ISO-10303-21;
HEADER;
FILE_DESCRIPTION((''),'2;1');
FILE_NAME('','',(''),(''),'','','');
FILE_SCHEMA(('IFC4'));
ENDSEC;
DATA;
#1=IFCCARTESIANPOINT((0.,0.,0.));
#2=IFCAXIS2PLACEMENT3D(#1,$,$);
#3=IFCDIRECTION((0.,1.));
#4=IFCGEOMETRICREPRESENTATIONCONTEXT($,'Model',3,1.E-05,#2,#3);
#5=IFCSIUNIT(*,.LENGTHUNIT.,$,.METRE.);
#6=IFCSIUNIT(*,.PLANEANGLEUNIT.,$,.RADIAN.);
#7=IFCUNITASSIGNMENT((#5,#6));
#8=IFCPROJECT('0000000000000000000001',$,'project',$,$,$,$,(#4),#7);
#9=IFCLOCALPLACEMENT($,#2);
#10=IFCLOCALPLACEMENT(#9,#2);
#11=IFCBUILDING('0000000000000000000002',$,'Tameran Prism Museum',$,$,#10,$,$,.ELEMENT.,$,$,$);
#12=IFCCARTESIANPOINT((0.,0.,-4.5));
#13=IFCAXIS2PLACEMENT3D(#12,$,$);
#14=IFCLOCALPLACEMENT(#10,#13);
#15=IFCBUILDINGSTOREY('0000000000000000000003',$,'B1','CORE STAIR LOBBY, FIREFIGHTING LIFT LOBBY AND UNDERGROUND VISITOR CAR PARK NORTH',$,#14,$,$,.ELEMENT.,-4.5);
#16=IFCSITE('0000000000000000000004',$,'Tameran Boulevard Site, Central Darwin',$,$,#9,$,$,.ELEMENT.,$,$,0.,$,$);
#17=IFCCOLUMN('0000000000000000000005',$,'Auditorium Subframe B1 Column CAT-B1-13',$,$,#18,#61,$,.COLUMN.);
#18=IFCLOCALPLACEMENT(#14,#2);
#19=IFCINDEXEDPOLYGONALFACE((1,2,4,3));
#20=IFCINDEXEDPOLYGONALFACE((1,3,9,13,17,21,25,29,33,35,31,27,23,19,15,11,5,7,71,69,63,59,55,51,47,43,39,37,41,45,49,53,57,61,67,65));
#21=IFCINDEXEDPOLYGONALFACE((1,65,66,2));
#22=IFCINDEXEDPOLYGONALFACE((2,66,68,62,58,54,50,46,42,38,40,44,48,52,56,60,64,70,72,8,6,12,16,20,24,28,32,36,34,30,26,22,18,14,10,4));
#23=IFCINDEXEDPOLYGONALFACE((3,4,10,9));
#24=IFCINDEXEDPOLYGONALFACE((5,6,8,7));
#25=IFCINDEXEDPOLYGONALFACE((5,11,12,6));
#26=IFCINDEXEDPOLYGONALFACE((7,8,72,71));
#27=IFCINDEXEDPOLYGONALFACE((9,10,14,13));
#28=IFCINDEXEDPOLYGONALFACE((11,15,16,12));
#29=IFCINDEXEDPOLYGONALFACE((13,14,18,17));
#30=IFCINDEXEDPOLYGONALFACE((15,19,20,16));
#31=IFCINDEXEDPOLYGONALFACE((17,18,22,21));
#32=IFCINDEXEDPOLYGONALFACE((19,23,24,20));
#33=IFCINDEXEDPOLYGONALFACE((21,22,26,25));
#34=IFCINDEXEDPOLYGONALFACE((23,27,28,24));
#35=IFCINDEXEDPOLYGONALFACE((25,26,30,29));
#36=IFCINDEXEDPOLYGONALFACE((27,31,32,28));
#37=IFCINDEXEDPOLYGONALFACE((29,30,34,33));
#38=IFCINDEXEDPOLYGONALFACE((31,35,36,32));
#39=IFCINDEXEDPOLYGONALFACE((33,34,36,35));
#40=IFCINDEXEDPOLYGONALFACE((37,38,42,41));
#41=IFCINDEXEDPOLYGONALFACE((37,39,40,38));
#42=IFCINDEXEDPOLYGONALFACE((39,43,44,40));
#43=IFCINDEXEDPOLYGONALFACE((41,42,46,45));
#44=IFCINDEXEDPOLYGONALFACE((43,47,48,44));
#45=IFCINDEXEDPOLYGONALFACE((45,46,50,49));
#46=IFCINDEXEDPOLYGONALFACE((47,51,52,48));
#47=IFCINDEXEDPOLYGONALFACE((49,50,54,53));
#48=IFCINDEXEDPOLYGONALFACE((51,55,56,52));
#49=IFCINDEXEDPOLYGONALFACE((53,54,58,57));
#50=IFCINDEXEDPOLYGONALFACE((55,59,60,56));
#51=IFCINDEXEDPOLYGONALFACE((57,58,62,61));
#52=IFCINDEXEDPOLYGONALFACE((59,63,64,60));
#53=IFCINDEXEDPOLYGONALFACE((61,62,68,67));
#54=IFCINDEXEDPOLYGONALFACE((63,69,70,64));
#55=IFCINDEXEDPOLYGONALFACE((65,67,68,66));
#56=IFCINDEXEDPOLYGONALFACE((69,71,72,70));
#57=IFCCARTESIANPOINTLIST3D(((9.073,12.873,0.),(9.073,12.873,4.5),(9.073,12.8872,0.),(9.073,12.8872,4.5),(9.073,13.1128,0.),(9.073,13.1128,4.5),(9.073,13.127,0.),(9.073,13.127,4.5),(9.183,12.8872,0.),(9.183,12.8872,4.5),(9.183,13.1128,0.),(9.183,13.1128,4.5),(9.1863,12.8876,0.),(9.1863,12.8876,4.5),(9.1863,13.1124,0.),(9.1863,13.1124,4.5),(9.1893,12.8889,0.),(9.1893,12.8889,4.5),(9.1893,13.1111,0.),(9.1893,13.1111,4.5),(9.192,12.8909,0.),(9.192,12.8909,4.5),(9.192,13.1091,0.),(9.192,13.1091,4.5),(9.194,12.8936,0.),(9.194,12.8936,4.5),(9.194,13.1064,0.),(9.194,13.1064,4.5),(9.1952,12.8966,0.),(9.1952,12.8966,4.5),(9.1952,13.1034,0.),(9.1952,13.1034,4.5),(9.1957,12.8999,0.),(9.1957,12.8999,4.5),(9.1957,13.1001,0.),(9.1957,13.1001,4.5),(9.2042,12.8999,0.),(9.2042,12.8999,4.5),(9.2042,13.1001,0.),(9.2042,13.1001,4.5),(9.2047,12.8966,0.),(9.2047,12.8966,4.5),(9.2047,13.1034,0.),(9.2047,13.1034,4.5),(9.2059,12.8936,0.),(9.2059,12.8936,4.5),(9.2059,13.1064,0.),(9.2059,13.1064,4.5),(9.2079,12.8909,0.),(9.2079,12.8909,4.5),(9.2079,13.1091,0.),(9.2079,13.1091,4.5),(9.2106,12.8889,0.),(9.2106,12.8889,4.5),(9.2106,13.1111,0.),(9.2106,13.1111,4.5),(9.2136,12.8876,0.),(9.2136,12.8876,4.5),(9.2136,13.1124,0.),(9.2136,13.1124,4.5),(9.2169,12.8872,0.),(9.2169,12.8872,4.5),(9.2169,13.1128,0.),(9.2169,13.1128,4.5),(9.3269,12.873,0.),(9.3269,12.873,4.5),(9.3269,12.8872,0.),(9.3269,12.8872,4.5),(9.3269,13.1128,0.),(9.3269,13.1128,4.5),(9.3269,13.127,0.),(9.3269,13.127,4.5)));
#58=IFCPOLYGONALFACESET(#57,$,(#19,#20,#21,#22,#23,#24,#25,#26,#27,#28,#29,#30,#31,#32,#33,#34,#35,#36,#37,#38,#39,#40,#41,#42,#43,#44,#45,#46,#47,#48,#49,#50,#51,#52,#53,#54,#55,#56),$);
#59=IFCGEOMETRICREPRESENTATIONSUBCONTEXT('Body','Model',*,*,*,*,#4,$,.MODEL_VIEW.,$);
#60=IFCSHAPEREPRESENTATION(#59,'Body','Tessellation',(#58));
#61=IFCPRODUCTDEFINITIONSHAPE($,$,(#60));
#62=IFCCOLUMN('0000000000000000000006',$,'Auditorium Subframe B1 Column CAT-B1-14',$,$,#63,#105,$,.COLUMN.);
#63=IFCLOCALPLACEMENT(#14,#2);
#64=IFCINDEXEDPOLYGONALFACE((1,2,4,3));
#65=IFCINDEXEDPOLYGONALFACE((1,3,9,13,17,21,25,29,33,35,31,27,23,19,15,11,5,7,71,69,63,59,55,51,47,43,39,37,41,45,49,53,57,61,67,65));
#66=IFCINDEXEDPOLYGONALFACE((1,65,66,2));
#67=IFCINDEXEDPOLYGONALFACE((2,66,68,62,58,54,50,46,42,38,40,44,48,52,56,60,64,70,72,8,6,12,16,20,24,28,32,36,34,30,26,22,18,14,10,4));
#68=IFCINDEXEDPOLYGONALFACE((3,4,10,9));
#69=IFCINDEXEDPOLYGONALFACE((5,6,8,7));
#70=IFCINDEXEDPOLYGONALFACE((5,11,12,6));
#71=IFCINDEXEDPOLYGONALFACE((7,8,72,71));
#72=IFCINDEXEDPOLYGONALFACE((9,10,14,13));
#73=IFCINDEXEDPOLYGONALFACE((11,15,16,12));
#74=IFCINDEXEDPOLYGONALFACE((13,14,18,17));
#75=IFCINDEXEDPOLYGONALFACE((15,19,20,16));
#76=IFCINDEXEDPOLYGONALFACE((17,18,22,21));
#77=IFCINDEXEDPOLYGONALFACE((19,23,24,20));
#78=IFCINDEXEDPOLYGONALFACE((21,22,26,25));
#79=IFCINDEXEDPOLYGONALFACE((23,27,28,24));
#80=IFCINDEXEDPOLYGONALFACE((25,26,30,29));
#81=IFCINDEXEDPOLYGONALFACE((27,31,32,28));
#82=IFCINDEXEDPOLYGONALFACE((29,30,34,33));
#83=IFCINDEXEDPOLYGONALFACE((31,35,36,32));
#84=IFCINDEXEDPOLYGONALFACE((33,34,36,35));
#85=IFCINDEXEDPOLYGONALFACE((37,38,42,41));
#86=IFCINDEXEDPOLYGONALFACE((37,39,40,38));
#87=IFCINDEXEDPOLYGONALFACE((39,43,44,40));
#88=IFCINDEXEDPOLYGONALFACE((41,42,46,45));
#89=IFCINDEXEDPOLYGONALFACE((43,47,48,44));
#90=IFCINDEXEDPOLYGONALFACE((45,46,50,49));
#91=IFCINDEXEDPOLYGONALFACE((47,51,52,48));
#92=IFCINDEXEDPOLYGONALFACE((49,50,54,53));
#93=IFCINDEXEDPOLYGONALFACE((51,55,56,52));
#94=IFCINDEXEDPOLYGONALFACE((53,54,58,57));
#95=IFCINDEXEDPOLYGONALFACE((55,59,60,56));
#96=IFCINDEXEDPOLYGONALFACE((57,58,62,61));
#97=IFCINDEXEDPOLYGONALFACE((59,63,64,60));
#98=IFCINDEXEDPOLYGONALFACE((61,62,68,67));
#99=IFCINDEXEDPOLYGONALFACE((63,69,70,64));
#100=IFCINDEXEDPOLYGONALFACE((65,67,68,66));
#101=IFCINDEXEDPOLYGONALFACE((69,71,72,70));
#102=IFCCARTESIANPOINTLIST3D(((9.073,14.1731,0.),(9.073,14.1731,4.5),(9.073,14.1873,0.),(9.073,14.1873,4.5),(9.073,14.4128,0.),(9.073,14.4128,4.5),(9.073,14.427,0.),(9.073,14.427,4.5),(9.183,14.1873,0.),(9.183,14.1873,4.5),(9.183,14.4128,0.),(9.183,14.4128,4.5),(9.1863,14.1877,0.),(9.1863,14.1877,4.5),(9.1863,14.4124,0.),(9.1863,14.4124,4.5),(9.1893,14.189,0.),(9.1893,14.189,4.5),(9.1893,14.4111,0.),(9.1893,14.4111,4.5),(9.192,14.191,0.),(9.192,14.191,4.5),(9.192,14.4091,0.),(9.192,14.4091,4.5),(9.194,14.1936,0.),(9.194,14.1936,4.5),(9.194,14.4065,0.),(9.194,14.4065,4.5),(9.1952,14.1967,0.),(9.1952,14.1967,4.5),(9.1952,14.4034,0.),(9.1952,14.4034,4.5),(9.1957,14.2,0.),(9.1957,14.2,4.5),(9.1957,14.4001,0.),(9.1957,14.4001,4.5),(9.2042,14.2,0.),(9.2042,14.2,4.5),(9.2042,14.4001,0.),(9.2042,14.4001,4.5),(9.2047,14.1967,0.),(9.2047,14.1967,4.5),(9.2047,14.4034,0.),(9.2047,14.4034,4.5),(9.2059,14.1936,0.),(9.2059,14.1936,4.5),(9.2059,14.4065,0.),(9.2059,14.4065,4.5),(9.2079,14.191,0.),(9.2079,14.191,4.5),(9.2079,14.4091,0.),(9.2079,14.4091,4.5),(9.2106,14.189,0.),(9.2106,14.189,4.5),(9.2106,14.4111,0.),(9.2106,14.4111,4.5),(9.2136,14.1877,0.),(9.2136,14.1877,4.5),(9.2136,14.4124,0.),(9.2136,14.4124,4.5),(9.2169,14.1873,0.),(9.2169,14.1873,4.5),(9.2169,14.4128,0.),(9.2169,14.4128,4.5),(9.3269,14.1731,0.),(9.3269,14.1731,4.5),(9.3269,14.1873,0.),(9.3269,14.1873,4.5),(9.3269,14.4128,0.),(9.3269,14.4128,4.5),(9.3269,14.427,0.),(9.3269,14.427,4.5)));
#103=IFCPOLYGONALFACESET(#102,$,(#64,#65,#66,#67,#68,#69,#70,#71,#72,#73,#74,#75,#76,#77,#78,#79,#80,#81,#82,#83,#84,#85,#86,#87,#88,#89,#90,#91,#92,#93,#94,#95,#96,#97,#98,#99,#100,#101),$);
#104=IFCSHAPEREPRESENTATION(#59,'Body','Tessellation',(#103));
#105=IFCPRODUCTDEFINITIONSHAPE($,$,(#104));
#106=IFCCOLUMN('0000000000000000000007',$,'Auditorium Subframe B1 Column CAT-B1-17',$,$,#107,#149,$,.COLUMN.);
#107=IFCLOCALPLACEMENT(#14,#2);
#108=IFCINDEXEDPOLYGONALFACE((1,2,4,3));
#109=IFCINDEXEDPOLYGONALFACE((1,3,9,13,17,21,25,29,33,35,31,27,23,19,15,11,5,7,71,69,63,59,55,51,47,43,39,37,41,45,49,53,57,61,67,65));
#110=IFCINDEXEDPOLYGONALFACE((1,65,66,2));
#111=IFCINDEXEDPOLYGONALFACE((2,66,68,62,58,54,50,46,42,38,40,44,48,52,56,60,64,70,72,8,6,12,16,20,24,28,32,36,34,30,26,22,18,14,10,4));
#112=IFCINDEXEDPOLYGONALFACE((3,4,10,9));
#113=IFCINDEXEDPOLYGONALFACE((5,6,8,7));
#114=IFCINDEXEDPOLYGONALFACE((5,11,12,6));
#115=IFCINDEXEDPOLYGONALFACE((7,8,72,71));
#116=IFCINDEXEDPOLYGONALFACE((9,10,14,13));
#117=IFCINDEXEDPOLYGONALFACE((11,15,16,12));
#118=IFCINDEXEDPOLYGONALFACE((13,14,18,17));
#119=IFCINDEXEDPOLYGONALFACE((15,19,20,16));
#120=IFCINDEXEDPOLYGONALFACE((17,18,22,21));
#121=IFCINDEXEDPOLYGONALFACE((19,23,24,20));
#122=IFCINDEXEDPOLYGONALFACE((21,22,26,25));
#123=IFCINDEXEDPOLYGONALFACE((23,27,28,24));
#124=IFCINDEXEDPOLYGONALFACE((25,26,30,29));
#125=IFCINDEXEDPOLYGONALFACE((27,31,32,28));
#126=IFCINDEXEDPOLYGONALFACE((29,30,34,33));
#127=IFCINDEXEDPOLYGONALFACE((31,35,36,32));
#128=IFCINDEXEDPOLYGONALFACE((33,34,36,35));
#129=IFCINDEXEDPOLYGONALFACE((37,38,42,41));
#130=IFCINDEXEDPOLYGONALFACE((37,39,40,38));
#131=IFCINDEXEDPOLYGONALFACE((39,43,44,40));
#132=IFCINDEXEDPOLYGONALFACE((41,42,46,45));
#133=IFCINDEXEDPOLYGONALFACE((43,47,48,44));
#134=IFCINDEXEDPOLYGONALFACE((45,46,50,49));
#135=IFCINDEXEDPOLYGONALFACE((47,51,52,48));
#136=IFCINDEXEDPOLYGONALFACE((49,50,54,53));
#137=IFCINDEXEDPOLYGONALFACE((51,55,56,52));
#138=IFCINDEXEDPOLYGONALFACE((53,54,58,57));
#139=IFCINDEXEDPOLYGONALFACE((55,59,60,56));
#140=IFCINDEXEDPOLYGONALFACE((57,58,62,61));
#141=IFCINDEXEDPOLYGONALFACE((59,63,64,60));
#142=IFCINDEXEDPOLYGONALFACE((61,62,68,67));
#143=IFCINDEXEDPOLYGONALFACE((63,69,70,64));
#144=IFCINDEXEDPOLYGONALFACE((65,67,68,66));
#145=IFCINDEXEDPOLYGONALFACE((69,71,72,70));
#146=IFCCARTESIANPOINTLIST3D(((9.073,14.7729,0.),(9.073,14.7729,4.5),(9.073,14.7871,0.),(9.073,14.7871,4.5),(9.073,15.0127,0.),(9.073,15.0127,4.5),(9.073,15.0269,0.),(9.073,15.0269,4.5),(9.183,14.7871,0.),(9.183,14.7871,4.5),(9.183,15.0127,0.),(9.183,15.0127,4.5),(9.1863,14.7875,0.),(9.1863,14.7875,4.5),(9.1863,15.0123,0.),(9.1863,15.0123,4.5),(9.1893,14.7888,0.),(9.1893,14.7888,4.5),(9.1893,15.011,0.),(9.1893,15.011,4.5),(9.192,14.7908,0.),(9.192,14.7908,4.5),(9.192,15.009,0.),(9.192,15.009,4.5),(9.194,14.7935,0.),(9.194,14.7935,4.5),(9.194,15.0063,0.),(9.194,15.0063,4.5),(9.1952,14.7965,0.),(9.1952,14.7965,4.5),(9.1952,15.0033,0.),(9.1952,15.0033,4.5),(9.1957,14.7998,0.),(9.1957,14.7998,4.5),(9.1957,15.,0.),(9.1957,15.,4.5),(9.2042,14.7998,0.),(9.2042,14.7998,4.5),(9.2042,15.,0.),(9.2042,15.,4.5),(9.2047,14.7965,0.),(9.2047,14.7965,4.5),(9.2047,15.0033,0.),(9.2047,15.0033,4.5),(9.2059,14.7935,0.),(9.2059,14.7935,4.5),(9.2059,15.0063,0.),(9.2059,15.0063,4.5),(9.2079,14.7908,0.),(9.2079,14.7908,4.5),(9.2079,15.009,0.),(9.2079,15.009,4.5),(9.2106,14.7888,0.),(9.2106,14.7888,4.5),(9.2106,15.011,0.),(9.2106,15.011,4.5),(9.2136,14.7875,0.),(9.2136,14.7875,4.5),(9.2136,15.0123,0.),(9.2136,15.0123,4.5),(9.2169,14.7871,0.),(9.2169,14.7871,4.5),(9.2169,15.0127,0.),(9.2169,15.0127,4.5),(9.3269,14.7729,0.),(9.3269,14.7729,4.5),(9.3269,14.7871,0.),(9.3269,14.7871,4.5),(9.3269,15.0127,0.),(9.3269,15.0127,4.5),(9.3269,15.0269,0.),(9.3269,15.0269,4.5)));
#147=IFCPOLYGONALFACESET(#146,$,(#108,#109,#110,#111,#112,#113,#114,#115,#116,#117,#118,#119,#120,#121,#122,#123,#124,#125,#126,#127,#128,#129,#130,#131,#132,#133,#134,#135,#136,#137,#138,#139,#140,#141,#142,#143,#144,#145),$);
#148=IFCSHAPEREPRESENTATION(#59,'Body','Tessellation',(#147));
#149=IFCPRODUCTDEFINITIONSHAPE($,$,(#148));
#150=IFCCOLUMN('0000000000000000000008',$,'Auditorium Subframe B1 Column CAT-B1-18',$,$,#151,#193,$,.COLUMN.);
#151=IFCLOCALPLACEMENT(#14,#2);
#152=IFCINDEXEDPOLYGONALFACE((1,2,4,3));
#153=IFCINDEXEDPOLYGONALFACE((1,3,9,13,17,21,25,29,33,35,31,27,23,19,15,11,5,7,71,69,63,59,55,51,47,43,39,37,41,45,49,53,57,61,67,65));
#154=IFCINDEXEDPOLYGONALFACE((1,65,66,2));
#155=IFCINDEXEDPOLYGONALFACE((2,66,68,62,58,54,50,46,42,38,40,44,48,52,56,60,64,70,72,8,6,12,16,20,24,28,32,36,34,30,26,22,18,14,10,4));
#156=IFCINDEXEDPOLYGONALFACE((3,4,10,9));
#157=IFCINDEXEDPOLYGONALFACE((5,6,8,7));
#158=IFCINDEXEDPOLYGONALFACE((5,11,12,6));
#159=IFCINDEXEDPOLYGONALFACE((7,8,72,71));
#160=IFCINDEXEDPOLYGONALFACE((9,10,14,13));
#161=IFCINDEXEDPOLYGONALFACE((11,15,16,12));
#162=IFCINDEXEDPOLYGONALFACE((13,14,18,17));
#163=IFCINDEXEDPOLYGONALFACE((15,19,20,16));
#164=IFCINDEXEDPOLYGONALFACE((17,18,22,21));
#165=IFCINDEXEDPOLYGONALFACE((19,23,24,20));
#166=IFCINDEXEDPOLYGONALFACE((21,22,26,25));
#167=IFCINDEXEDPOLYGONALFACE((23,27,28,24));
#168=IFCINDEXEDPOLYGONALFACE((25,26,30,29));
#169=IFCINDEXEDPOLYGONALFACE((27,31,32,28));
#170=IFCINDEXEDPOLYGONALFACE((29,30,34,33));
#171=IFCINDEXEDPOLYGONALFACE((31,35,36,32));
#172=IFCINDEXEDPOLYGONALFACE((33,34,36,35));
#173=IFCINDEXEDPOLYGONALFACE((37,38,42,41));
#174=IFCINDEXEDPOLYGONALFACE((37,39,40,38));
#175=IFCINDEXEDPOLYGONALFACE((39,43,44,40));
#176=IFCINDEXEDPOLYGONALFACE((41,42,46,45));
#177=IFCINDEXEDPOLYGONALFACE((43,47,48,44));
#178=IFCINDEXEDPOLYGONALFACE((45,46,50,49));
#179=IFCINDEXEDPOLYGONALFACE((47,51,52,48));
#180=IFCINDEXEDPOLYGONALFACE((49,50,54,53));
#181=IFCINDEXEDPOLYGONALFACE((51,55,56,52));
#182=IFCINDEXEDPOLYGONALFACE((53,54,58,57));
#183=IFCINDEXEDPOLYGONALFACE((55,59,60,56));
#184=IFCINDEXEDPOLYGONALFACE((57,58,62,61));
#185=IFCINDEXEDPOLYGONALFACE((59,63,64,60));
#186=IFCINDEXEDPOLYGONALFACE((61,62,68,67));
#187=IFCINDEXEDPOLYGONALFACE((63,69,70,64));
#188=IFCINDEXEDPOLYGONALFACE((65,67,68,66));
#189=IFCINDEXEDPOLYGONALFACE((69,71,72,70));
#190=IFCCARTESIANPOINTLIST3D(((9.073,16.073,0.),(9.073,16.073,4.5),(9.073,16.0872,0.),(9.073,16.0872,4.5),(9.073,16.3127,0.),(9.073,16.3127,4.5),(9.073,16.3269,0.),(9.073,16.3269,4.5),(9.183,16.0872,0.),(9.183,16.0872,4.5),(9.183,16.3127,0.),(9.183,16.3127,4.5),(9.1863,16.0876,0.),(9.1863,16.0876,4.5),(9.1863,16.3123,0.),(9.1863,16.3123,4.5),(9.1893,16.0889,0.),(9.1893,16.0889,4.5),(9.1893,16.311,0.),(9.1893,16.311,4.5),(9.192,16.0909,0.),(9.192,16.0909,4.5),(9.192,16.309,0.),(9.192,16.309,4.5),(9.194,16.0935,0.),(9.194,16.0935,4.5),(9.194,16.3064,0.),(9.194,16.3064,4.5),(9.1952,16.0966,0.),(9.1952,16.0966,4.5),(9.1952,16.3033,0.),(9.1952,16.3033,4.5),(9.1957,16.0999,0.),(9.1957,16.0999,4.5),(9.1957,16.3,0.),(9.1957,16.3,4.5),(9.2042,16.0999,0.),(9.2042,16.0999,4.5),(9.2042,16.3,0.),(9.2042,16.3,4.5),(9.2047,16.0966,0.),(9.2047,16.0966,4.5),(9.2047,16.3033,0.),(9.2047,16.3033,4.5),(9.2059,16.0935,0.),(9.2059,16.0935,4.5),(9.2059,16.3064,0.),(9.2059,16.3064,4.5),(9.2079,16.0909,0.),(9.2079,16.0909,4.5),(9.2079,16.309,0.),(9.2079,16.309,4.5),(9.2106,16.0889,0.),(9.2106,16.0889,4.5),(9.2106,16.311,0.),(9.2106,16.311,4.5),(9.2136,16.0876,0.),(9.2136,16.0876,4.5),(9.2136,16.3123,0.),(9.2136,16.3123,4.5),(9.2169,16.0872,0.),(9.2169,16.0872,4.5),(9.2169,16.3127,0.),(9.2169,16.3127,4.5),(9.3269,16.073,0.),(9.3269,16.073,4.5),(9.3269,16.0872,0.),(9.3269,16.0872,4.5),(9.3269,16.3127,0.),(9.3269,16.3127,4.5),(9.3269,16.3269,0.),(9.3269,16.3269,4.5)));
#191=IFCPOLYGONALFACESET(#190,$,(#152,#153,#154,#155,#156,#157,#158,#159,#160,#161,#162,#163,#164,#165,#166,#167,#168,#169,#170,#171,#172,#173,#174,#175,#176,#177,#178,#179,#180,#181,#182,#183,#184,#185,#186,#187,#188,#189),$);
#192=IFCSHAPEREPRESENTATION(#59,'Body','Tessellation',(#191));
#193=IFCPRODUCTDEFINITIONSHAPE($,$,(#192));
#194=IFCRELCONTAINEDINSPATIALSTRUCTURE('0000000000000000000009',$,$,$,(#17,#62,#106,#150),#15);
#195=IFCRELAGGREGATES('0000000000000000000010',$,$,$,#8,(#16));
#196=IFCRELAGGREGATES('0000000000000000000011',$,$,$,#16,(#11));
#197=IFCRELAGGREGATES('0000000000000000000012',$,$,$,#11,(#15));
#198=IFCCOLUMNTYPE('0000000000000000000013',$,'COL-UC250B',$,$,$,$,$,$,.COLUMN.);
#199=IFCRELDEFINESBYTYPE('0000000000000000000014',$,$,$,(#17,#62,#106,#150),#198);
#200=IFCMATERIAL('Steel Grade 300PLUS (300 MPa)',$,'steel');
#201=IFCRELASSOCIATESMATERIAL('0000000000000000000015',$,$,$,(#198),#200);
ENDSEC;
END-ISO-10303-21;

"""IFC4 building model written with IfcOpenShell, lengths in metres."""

from ifc_helpers import new_model, si_unit, direction, frame, origin, origin_2d, place, context, subcontext, project, spatial, i_section, extrude, material, material_profile, profile_set, type_object, element, save


model = new_model("IFC4")

# Units and contexts
model_context = context("Model", 3, precision=1e-05, world=origin(), true_north=direction((0.0, 1.0)))
body_context = subcontext(model_context, "Body", "Model", "MODEL_VIEW")
ifc_project = project(units=[si_unit("LENGTHUNIT", "METRE"), si_unit("PLANEANGLEUNIT", "RADIAN")], contexts=[model_context])

# Site, building, storey
site_placement = place(None, origin())
site = spatial("IfcSite", under=ifc_project, at=site_placement, Name="Tameran Boulevard Site, Central Darwin", CompositionType="ELEMENT", RefElevation=0.0)
building_placement = place(site_placement, origin())
building = spatial("IfcBuilding", under=site, at=building_placement, Name="Tameran Prism Museum", CompositionType="ELEMENT")
storey_placement = place(building_placement, frame((0.0, 0.0, -4.5)))
storey = spatial("IfcBuildingStorey", under=building, at=storey_placement, Name="B1", Description="CORE STAIR LOBBY, FIREFIGHTING LIFT LOBBY AND UNDERGROUND VISITOR CAR PARK NORTH", CompositionType="ELEMENT", Elevation=-4.5)

# Columns
ifc_material_1 = material(Name="Steel Grade 300PLUS (300 MPa)", Category="steel")
ifc_material_profile_1 = material_profile(ifc_material_1, i_section(OverallWidth=0.2539, OverallDepth=0.2539, WebThickness=0.0085, FlangeThickness=0.0142, FilletRadius=0.0127, at=origin_2d()))
ifc_profile_set_1 = profile_set([ifc_material_profile_1])
column_type_1 = type_object("IfcColumnType", Name="COL-UC250B", PredefinedType="COLUMN", material=ifc_profile_set_1)
for number, where, z_axis, x_axis, name in (
    (1, (9.2, 13.0, 0.0), (0.0, 0.0, 1.0), (1.0, 0.0, 0.0), "Auditorium Subframe B1 Column CAT-B1-13"),
    (2, (9.2, 14.3, 0.0), (0.0, 0.0, 1.0), (1.0, 0.0, 0.0), "Auditorium Subframe B1 Column CAT-B1-14"),
    (3, (9.2, 14.8999, 0.0), (0.0, 0.0, 1.0), (1.0, 0.0, 0.0), "Auditorium Subframe B1 Column CAT-B1-17"),
    (4, (9.2, 16.2, 0.0), (0.0, 0.0, 1.0), (1.0, 0.0, 0.0), "Auditorium Subframe B1 Column CAT-B1-18"),
):
    element("IfcColumn", number, at=place(storey_placement, frame(where, z_axis=z_axis, x_axis=x_axis)), inside=storey, type_object=column_type_1, Name=name, PredefinedType="COLUMN", context=body_context, shape_type="SweptSolid", body=[
        extrude(i_section(OverallWidth=0.2539, OverallDepth=0.2539, WebThickness=0.0085, FlangeThickness=0.0142, FilletRadius=0.0127, at=origin_2d()), origin(), (0.0, 0.0, 1.0), 4.5),
    ])

save(model, "model.ifc")
